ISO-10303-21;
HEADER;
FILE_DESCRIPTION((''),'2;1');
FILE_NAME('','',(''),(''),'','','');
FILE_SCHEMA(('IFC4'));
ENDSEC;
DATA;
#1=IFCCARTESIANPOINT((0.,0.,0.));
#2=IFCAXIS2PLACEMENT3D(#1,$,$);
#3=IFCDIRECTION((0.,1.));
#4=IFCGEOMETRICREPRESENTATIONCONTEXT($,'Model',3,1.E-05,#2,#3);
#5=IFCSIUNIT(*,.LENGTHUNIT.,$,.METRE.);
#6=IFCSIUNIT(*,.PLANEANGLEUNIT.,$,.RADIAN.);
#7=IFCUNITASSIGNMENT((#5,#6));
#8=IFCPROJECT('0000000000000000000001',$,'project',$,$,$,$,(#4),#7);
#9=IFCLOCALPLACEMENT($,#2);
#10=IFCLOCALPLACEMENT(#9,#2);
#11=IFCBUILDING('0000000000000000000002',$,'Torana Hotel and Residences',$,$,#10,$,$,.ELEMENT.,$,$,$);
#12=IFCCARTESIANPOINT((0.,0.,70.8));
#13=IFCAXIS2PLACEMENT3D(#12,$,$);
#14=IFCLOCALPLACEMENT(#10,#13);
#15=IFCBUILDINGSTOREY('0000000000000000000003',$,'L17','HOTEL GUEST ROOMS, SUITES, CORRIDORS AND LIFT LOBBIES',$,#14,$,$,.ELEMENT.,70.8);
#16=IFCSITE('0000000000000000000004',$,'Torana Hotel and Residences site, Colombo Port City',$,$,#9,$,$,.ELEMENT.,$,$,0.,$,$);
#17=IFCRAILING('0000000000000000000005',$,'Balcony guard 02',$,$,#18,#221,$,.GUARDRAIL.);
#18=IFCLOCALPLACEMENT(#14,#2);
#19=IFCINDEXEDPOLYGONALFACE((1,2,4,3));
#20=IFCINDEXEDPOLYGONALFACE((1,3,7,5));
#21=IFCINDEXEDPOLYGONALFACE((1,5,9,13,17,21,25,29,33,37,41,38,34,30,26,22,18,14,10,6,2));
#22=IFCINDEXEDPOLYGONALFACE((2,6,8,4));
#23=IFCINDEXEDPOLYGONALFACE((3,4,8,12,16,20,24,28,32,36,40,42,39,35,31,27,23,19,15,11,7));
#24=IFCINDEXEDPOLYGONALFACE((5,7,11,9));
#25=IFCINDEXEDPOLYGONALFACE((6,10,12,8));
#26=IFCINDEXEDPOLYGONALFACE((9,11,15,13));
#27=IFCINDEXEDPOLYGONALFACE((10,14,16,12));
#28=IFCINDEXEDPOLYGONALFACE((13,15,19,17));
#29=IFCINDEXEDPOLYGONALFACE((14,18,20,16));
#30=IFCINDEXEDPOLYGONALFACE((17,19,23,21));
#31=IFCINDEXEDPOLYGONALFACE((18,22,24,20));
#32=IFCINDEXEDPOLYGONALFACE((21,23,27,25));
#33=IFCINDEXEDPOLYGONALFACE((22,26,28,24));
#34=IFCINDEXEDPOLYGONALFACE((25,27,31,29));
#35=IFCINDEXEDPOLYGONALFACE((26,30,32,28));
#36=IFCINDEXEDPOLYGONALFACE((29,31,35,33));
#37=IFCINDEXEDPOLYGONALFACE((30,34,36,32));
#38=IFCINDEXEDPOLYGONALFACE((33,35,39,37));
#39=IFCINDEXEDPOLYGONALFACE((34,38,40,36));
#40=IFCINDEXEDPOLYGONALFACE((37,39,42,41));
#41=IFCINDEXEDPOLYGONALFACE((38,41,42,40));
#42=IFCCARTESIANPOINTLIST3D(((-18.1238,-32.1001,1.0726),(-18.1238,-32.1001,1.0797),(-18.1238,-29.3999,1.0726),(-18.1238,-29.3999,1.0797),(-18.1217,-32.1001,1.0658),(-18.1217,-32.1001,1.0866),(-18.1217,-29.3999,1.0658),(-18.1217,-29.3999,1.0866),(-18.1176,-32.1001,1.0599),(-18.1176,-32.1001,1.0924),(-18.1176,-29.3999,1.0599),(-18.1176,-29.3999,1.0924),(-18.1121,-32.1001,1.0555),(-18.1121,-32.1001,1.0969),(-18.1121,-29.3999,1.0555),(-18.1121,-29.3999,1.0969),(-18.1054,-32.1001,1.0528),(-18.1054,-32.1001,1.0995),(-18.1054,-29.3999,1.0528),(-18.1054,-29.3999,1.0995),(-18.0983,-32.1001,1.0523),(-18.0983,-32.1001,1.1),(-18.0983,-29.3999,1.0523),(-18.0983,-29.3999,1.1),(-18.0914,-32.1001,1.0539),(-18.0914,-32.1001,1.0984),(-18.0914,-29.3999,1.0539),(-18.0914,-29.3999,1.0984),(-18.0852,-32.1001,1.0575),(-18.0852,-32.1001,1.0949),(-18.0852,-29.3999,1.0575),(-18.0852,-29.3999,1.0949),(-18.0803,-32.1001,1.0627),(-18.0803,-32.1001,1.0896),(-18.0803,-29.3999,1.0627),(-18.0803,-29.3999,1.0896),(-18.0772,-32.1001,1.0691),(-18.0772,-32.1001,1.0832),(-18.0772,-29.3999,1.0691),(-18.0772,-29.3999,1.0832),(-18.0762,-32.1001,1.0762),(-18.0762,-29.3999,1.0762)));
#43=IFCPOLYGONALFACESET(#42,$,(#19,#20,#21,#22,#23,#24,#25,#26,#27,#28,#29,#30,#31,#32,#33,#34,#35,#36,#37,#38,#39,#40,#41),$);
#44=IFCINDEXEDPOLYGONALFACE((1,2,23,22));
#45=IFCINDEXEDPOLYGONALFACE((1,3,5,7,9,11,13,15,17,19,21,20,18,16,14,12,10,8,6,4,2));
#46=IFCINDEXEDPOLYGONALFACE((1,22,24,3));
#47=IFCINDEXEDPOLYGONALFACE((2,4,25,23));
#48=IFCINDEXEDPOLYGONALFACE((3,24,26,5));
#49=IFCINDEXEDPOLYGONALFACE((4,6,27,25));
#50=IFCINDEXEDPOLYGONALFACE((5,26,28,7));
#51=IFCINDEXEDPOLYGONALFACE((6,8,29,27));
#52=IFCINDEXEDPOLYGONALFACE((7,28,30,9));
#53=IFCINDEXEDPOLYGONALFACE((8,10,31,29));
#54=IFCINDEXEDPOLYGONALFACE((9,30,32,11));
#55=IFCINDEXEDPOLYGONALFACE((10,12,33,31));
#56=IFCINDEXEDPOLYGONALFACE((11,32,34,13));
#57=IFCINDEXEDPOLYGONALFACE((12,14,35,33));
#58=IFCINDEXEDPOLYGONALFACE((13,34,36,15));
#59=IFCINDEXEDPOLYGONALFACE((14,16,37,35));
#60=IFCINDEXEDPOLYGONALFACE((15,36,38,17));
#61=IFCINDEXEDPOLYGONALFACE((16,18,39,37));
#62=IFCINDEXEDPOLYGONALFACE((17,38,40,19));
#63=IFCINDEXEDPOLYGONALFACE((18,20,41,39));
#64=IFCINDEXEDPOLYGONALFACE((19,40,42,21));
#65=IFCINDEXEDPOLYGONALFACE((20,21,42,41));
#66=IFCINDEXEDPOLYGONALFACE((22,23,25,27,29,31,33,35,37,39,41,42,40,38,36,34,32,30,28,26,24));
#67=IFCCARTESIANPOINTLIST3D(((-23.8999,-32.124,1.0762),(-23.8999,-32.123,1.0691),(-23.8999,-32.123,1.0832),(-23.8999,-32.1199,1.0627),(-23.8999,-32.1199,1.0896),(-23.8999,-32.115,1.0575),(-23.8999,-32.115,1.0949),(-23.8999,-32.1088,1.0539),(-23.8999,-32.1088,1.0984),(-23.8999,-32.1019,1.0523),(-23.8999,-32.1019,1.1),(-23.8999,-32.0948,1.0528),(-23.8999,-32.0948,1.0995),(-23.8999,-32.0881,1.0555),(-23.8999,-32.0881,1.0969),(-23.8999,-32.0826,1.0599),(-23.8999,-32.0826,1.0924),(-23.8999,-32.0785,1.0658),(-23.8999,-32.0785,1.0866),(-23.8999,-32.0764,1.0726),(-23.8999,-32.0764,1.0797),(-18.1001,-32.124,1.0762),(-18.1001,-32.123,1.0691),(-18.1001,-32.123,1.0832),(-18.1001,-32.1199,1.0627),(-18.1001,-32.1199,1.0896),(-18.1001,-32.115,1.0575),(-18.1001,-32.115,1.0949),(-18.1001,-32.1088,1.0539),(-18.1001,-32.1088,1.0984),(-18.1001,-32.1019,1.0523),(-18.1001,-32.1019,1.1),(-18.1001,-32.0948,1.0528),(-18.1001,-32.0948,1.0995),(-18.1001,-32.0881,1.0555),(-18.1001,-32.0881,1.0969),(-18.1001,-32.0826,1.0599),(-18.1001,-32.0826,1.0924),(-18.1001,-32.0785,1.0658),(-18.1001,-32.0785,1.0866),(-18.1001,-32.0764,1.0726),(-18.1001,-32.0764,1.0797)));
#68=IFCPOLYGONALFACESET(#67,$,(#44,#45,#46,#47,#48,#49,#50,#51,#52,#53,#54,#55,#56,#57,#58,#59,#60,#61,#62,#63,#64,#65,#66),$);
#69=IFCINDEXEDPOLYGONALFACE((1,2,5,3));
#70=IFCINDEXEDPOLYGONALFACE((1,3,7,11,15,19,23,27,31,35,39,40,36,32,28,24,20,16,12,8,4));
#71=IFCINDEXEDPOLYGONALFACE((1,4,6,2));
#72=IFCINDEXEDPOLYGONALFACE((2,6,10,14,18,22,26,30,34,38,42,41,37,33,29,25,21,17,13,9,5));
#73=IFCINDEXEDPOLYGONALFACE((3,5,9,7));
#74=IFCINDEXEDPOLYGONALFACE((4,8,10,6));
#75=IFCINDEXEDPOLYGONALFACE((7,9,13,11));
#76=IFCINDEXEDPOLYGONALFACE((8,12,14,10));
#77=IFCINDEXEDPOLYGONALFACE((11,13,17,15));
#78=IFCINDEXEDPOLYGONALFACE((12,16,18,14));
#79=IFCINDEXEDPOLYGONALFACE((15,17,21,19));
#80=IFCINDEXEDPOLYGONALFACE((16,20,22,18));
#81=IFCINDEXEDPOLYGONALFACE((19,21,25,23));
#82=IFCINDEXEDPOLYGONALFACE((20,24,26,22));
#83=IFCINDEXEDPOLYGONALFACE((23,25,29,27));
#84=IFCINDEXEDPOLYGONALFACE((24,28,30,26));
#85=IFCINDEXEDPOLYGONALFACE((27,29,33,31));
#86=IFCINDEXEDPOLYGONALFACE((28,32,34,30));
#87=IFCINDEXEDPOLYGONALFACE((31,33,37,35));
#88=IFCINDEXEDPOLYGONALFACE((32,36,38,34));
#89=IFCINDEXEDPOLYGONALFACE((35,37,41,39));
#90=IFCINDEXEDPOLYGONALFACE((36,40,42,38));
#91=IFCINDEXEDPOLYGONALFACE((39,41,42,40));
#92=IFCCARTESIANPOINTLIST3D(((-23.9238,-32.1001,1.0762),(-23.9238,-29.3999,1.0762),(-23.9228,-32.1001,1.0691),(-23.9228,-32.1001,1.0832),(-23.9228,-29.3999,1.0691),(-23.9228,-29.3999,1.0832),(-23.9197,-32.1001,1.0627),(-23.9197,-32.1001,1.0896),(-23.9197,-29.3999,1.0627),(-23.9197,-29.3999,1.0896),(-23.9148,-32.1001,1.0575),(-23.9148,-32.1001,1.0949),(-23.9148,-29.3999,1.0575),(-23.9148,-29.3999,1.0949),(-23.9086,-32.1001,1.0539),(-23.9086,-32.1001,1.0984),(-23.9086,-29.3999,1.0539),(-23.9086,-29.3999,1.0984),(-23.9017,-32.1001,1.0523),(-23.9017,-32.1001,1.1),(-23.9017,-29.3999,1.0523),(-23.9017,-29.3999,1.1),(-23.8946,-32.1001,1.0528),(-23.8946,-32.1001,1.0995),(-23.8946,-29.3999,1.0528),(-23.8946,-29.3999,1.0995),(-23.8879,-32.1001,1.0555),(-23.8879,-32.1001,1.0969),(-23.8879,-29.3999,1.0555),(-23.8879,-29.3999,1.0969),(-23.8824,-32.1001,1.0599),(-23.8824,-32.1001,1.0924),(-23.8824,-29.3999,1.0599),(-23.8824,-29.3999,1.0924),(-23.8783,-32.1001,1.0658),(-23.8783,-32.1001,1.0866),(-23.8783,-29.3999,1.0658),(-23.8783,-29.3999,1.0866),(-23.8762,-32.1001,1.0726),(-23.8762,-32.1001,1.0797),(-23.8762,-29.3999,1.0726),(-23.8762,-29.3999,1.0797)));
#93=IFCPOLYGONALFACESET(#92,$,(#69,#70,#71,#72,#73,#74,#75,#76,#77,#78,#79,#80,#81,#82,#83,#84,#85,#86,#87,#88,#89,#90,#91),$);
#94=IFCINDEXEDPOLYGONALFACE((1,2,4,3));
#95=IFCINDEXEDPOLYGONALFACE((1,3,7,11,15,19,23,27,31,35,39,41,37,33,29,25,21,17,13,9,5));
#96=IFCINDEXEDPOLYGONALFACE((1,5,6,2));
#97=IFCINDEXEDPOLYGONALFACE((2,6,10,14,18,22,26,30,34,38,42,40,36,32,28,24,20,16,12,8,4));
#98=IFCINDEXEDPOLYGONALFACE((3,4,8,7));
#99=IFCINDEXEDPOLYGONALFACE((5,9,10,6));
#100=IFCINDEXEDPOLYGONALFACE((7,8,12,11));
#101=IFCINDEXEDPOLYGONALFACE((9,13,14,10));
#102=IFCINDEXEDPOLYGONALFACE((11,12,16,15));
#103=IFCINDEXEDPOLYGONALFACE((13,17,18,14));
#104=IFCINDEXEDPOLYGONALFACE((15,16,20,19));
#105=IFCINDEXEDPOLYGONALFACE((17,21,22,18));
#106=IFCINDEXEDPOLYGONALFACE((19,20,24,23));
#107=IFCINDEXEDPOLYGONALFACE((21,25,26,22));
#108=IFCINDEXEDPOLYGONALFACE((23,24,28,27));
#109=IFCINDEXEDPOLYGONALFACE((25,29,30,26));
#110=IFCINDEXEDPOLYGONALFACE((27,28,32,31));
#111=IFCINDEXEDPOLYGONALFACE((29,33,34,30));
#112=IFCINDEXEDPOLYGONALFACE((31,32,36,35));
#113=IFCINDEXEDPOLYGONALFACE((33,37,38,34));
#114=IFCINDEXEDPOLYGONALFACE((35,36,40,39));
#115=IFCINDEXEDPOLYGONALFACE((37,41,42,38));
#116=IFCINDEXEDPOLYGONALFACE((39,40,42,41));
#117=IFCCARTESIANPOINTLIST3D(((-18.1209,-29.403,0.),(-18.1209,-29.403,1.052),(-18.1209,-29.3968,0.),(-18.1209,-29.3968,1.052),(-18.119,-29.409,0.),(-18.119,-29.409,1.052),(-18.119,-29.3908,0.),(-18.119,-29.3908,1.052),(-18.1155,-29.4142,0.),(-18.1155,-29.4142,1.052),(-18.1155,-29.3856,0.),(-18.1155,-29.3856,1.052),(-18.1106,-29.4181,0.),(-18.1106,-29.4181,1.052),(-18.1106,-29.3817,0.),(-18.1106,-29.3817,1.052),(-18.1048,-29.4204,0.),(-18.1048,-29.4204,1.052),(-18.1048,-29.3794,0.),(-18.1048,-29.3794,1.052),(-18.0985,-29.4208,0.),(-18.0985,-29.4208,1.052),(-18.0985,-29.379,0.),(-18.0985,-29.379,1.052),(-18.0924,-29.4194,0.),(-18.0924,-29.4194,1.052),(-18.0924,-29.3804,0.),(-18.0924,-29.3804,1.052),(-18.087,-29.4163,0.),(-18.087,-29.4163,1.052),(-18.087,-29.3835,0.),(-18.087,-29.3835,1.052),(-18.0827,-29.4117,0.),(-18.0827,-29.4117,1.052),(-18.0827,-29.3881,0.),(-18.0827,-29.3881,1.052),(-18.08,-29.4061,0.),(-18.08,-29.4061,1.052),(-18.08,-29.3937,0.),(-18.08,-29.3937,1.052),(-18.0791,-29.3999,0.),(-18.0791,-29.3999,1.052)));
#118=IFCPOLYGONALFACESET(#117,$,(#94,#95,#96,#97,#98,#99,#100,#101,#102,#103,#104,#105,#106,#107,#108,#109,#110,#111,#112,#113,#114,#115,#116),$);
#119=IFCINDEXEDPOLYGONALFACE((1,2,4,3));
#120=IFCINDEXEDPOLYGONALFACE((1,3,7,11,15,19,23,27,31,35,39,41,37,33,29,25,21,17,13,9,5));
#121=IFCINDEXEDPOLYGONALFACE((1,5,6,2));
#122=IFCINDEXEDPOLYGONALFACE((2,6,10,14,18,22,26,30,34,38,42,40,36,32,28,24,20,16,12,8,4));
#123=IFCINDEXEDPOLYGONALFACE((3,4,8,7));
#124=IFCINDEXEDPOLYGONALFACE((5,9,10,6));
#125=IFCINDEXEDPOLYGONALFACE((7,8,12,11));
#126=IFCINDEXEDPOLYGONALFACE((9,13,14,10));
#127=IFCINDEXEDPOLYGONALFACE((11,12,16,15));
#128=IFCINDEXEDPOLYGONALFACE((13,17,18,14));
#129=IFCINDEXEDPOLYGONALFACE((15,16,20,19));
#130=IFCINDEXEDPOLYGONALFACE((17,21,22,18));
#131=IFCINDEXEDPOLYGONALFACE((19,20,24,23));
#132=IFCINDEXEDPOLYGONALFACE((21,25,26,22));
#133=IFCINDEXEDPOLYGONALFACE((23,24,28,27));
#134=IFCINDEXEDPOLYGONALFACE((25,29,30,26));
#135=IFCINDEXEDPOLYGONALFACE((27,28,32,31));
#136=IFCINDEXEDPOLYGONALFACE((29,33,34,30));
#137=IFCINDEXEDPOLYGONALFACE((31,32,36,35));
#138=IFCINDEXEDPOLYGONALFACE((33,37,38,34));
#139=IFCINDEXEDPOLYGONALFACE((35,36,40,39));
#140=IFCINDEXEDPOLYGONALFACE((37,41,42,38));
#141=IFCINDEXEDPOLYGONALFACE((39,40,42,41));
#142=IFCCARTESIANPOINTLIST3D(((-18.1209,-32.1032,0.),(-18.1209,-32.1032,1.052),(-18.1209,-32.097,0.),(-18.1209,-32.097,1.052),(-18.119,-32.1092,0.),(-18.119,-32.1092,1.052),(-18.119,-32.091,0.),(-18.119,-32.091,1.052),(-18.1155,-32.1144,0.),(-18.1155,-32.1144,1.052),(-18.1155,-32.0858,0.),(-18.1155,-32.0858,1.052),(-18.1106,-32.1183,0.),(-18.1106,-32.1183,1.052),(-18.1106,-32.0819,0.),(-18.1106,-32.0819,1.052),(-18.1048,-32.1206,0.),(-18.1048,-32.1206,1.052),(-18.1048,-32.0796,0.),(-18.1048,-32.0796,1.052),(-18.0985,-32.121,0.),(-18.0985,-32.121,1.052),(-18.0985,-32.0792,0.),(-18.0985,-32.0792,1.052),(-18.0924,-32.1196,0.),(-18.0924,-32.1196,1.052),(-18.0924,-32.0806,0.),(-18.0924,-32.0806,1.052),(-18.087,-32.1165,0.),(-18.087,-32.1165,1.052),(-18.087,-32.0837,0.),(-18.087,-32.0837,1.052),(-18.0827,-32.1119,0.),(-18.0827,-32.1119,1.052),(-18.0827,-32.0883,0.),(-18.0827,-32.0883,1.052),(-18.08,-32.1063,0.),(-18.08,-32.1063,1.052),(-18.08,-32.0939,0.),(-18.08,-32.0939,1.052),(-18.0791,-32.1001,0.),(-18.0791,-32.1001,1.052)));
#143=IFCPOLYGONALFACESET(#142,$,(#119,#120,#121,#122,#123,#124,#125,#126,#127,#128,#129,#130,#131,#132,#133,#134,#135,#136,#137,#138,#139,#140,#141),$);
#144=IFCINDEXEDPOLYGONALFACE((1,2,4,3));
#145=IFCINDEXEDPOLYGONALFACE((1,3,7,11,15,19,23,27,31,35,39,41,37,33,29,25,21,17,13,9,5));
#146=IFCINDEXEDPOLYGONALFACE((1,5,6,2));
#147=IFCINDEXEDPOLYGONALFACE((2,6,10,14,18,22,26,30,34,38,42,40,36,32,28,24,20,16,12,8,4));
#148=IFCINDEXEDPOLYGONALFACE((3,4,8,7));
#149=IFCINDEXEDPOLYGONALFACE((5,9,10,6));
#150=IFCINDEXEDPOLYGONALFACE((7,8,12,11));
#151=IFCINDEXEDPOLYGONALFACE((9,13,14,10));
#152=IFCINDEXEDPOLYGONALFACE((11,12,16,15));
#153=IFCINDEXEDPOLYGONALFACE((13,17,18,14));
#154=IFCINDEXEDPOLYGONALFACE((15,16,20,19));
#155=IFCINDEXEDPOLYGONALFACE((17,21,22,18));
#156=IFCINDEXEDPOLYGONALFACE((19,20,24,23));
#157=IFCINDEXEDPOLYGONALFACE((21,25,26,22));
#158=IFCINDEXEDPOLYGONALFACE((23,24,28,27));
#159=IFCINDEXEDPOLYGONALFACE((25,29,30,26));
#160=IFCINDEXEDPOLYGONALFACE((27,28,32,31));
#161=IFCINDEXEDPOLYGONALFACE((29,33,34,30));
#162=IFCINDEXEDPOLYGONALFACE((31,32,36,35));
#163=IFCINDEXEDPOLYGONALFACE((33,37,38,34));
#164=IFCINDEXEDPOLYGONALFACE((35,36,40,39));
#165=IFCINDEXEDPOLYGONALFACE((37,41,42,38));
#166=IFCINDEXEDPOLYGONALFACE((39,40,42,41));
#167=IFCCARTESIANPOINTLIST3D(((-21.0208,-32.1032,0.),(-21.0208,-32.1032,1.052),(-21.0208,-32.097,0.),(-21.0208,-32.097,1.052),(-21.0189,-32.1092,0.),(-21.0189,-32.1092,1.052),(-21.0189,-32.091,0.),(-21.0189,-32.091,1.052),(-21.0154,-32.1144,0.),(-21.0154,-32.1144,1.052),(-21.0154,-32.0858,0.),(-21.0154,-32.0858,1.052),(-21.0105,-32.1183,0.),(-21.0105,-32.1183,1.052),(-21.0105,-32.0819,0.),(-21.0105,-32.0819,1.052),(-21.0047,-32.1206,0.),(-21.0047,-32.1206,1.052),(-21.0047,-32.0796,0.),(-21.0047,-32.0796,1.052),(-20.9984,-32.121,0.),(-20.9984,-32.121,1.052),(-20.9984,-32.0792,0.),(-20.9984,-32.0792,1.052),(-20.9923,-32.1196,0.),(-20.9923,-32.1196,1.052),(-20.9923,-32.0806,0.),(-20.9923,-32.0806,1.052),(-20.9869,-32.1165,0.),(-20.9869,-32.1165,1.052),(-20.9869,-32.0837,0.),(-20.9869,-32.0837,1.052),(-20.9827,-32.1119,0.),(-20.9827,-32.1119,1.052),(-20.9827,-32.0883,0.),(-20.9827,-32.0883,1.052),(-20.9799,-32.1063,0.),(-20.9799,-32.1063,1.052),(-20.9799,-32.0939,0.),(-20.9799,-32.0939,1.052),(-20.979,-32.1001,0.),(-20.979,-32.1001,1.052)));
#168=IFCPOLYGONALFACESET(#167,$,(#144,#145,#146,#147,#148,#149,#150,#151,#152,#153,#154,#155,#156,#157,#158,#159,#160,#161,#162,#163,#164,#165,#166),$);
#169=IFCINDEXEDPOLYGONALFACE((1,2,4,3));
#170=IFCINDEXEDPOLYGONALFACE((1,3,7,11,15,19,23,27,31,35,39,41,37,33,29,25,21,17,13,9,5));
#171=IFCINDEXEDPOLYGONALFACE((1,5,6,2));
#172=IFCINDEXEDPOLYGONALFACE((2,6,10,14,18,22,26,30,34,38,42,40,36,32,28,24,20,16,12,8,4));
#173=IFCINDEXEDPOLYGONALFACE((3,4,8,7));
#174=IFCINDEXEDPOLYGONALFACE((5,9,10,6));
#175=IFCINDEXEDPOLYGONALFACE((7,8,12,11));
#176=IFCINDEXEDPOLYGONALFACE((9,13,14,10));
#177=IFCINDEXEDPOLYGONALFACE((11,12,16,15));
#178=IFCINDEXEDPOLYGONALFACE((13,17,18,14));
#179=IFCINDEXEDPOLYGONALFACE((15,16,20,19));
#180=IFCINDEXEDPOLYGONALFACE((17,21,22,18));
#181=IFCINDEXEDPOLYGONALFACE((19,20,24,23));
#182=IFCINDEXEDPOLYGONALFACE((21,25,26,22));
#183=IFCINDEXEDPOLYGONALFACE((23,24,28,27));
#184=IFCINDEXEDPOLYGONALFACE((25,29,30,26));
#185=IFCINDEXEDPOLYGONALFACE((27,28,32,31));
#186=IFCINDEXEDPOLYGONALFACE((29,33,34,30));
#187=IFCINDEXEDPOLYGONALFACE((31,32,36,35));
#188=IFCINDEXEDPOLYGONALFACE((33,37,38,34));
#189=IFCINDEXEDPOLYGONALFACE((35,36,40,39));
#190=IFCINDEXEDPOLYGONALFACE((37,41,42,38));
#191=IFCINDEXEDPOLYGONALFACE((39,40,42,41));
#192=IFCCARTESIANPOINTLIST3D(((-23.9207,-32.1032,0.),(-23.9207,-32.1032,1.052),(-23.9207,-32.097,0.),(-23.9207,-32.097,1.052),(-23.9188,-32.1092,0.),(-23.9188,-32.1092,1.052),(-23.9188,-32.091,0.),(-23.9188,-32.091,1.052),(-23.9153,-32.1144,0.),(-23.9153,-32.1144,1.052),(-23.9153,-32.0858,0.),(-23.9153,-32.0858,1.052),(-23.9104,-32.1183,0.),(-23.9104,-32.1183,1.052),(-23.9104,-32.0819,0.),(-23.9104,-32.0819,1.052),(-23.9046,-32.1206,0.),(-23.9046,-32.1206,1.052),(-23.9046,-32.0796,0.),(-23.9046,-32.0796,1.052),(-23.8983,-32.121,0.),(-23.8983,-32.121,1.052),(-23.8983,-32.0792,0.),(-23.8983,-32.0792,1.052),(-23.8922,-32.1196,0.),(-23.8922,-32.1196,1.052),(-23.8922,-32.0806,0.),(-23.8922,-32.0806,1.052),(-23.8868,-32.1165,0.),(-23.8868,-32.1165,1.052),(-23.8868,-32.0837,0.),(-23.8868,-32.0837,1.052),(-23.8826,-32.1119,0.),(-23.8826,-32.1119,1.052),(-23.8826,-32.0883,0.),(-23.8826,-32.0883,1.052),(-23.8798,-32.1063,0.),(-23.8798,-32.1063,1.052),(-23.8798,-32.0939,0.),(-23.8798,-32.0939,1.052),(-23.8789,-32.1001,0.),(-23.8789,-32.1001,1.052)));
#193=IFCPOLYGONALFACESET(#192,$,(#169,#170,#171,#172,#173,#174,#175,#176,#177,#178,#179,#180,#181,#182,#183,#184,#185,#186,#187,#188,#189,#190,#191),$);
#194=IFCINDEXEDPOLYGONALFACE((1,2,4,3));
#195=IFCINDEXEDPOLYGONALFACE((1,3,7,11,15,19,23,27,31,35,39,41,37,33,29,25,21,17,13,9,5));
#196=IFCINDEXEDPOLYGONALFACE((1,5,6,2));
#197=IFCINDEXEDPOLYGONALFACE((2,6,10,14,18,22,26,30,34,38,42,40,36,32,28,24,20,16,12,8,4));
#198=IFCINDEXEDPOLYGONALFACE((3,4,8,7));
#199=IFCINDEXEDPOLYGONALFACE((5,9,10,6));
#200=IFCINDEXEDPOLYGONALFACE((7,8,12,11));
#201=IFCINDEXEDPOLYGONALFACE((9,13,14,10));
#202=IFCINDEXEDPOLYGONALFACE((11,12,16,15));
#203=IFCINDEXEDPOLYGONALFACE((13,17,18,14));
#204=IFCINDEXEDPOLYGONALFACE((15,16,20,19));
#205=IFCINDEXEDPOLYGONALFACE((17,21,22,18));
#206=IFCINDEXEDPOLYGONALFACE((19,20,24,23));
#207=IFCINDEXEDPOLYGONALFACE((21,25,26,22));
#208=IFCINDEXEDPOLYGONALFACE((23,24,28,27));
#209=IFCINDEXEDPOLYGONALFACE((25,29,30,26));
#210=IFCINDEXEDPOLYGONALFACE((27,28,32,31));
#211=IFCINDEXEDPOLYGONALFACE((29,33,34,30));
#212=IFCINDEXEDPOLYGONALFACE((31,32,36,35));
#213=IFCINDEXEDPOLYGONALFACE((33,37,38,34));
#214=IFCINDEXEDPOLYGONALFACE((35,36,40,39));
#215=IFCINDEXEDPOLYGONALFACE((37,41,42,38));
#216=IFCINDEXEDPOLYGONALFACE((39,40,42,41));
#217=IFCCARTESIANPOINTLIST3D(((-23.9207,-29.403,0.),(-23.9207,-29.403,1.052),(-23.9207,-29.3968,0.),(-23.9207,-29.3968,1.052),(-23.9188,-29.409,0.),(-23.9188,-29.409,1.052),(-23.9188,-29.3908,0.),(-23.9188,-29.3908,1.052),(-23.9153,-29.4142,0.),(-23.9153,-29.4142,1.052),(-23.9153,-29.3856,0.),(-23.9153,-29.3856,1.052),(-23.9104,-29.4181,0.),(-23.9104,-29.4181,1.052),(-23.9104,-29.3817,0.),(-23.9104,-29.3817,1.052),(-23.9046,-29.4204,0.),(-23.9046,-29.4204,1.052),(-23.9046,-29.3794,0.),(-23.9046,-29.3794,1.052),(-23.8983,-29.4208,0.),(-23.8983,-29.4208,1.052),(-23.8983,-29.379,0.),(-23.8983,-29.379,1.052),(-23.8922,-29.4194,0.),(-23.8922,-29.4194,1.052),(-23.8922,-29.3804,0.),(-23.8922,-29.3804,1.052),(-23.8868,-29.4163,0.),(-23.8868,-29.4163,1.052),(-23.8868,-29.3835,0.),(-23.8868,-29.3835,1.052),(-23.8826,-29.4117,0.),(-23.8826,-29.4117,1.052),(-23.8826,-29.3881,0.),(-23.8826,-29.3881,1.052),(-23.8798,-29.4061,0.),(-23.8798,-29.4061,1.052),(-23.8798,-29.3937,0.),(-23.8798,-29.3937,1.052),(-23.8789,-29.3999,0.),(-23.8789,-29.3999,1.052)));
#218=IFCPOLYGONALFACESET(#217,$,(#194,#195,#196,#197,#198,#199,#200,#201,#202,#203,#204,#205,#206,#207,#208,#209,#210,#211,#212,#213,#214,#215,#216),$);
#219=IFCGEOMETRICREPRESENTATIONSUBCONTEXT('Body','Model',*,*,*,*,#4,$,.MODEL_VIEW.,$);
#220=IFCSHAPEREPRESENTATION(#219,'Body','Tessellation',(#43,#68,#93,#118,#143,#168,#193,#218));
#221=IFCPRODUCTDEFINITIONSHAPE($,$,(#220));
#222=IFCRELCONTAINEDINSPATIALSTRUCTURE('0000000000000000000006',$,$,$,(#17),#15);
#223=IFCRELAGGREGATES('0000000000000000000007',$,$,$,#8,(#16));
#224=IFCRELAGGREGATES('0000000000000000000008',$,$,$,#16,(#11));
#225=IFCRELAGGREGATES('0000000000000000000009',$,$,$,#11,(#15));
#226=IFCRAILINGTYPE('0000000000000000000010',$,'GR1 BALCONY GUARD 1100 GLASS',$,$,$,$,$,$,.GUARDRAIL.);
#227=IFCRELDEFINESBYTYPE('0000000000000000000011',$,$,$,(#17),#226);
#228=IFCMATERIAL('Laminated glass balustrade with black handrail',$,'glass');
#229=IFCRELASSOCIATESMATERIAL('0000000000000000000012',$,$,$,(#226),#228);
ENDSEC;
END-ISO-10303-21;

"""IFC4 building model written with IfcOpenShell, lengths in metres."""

from ifc_helpers import new_model, si_unit, direction, frame, origin, origin_2d, place, context, subcontext, project, spatial, circle, extrude, material, type_object, element, save


model = new_model("IFC4")

# Units and contexts
model_context = context("Model", 3, precision=1e-05, world=origin(), true_north=direction((0.0, 1.0)))
body_context = subcontext(model_context, "Body", "Model", "MODEL_VIEW")
ifc_project = project(units=[si_unit("LENGTHUNIT", "METRE"), si_unit("PLANEANGLEUNIT", "RADIAN")], contexts=[model_context])

# Site, building, storey
site_placement = place(None, origin())
site = spatial("IfcSite", under=ifc_project, at=site_placement, Name="Torana Hotel and Residences site, Colombo Port City", CompositionType="ELEMENT", RefElevation=0.0)
building_placement = place(site_placement, origin())
building = spatial("IfcBuilding", under=site, at=building_placement, Name="Torana Hotel and Residences", CompositionType="ELEMENT")
storey_placement = place(building_placement, frame((0.0, 0.0, 70.8)))
storey = spatial("IfcBuildingStorey", under=building, at=storey_placement, Name="L17", Description="HOTEL GUEST ROOMS, SUITES, CORRIDORS AND LIFT LOBBIES", CompositionType="ELEMENT", Elevation=70.8)

# Railing
ifc_material_1 = material(Name="Laminated glass balustrade with black handrail", Category="glass")
railing_type = type_object("IfcRailingType", Name="GR1 BALCONY GUARD 1100 GLASS", PredefinedType="GUARDRAIL", material=ifc_material_1)
railing_placement = place(storey_placement, frame((-18.1001, -29.3999, 0.0)))
element("IfcRailing", 1, at=railing_placement, inside=storey, type_object=railing_type, Name="Balcony guard 02", PredefinedType="GUARDRAIL", context=body_context, shape_type="SweptSolid", body=[
    extrude(circle(Radius=0.0239, at=origin_2d()), frame((0.0, 0.0, 1.0762), z_axis=(0.0, -1.0, 0.0), x_axis=(1.0, 0.0, 0.0)), (0.0, 0.0, 1.0), 2.7002),
    extrude(circle(Radius=0.0239, at=origin_2d()), frame((0.0, -2.7002, 1.0762), z_axis=(-1.0, 0.0, 0.0), x_axis=(0.0, -1.0, 0.0)), (0.0, 0.0, 1.0), 5.7998),
    extrude(circle(Radius=0.0239, at=origin_2d()), frame((-5.7998, -2.7002, 1.0762), z_axis=(0.0, 1.0, 0.0), x_axis=(-1.0, 0.0, 0.0)), (0.0, 0.0, 1.0), 2.7002),
    extrude(circle(Radius=0.021, at=origin_2d()), origin(), (0.0, 0.0, 1.0), 1.052),
    extrude(circle(Radius=0.021, at=origin_2d()), frame((0.0, -2.7002, 0.0)), (0.0, 0.0, 1.0), 1.052),
    extrude(circle(Radius=0.021, at=origin_2d()), frame((-2.8999, -2.7002, 0.0)), (0.0, 0.0, 1.0), 1.052),
    extrude(circle(Radius=0.021, at=origin_2d()), frame((-5.7998, -2.7002, 0.0)), (0.0, 0.0, 1.0), 1.052),
    extrude(circle(Radius=0.021, at=origin_2d()), frame((-5.7998, 0.0, 0.0)), (0.0, 0.0, 1.0), 1.052),
])

save(model, "model.ifc")
